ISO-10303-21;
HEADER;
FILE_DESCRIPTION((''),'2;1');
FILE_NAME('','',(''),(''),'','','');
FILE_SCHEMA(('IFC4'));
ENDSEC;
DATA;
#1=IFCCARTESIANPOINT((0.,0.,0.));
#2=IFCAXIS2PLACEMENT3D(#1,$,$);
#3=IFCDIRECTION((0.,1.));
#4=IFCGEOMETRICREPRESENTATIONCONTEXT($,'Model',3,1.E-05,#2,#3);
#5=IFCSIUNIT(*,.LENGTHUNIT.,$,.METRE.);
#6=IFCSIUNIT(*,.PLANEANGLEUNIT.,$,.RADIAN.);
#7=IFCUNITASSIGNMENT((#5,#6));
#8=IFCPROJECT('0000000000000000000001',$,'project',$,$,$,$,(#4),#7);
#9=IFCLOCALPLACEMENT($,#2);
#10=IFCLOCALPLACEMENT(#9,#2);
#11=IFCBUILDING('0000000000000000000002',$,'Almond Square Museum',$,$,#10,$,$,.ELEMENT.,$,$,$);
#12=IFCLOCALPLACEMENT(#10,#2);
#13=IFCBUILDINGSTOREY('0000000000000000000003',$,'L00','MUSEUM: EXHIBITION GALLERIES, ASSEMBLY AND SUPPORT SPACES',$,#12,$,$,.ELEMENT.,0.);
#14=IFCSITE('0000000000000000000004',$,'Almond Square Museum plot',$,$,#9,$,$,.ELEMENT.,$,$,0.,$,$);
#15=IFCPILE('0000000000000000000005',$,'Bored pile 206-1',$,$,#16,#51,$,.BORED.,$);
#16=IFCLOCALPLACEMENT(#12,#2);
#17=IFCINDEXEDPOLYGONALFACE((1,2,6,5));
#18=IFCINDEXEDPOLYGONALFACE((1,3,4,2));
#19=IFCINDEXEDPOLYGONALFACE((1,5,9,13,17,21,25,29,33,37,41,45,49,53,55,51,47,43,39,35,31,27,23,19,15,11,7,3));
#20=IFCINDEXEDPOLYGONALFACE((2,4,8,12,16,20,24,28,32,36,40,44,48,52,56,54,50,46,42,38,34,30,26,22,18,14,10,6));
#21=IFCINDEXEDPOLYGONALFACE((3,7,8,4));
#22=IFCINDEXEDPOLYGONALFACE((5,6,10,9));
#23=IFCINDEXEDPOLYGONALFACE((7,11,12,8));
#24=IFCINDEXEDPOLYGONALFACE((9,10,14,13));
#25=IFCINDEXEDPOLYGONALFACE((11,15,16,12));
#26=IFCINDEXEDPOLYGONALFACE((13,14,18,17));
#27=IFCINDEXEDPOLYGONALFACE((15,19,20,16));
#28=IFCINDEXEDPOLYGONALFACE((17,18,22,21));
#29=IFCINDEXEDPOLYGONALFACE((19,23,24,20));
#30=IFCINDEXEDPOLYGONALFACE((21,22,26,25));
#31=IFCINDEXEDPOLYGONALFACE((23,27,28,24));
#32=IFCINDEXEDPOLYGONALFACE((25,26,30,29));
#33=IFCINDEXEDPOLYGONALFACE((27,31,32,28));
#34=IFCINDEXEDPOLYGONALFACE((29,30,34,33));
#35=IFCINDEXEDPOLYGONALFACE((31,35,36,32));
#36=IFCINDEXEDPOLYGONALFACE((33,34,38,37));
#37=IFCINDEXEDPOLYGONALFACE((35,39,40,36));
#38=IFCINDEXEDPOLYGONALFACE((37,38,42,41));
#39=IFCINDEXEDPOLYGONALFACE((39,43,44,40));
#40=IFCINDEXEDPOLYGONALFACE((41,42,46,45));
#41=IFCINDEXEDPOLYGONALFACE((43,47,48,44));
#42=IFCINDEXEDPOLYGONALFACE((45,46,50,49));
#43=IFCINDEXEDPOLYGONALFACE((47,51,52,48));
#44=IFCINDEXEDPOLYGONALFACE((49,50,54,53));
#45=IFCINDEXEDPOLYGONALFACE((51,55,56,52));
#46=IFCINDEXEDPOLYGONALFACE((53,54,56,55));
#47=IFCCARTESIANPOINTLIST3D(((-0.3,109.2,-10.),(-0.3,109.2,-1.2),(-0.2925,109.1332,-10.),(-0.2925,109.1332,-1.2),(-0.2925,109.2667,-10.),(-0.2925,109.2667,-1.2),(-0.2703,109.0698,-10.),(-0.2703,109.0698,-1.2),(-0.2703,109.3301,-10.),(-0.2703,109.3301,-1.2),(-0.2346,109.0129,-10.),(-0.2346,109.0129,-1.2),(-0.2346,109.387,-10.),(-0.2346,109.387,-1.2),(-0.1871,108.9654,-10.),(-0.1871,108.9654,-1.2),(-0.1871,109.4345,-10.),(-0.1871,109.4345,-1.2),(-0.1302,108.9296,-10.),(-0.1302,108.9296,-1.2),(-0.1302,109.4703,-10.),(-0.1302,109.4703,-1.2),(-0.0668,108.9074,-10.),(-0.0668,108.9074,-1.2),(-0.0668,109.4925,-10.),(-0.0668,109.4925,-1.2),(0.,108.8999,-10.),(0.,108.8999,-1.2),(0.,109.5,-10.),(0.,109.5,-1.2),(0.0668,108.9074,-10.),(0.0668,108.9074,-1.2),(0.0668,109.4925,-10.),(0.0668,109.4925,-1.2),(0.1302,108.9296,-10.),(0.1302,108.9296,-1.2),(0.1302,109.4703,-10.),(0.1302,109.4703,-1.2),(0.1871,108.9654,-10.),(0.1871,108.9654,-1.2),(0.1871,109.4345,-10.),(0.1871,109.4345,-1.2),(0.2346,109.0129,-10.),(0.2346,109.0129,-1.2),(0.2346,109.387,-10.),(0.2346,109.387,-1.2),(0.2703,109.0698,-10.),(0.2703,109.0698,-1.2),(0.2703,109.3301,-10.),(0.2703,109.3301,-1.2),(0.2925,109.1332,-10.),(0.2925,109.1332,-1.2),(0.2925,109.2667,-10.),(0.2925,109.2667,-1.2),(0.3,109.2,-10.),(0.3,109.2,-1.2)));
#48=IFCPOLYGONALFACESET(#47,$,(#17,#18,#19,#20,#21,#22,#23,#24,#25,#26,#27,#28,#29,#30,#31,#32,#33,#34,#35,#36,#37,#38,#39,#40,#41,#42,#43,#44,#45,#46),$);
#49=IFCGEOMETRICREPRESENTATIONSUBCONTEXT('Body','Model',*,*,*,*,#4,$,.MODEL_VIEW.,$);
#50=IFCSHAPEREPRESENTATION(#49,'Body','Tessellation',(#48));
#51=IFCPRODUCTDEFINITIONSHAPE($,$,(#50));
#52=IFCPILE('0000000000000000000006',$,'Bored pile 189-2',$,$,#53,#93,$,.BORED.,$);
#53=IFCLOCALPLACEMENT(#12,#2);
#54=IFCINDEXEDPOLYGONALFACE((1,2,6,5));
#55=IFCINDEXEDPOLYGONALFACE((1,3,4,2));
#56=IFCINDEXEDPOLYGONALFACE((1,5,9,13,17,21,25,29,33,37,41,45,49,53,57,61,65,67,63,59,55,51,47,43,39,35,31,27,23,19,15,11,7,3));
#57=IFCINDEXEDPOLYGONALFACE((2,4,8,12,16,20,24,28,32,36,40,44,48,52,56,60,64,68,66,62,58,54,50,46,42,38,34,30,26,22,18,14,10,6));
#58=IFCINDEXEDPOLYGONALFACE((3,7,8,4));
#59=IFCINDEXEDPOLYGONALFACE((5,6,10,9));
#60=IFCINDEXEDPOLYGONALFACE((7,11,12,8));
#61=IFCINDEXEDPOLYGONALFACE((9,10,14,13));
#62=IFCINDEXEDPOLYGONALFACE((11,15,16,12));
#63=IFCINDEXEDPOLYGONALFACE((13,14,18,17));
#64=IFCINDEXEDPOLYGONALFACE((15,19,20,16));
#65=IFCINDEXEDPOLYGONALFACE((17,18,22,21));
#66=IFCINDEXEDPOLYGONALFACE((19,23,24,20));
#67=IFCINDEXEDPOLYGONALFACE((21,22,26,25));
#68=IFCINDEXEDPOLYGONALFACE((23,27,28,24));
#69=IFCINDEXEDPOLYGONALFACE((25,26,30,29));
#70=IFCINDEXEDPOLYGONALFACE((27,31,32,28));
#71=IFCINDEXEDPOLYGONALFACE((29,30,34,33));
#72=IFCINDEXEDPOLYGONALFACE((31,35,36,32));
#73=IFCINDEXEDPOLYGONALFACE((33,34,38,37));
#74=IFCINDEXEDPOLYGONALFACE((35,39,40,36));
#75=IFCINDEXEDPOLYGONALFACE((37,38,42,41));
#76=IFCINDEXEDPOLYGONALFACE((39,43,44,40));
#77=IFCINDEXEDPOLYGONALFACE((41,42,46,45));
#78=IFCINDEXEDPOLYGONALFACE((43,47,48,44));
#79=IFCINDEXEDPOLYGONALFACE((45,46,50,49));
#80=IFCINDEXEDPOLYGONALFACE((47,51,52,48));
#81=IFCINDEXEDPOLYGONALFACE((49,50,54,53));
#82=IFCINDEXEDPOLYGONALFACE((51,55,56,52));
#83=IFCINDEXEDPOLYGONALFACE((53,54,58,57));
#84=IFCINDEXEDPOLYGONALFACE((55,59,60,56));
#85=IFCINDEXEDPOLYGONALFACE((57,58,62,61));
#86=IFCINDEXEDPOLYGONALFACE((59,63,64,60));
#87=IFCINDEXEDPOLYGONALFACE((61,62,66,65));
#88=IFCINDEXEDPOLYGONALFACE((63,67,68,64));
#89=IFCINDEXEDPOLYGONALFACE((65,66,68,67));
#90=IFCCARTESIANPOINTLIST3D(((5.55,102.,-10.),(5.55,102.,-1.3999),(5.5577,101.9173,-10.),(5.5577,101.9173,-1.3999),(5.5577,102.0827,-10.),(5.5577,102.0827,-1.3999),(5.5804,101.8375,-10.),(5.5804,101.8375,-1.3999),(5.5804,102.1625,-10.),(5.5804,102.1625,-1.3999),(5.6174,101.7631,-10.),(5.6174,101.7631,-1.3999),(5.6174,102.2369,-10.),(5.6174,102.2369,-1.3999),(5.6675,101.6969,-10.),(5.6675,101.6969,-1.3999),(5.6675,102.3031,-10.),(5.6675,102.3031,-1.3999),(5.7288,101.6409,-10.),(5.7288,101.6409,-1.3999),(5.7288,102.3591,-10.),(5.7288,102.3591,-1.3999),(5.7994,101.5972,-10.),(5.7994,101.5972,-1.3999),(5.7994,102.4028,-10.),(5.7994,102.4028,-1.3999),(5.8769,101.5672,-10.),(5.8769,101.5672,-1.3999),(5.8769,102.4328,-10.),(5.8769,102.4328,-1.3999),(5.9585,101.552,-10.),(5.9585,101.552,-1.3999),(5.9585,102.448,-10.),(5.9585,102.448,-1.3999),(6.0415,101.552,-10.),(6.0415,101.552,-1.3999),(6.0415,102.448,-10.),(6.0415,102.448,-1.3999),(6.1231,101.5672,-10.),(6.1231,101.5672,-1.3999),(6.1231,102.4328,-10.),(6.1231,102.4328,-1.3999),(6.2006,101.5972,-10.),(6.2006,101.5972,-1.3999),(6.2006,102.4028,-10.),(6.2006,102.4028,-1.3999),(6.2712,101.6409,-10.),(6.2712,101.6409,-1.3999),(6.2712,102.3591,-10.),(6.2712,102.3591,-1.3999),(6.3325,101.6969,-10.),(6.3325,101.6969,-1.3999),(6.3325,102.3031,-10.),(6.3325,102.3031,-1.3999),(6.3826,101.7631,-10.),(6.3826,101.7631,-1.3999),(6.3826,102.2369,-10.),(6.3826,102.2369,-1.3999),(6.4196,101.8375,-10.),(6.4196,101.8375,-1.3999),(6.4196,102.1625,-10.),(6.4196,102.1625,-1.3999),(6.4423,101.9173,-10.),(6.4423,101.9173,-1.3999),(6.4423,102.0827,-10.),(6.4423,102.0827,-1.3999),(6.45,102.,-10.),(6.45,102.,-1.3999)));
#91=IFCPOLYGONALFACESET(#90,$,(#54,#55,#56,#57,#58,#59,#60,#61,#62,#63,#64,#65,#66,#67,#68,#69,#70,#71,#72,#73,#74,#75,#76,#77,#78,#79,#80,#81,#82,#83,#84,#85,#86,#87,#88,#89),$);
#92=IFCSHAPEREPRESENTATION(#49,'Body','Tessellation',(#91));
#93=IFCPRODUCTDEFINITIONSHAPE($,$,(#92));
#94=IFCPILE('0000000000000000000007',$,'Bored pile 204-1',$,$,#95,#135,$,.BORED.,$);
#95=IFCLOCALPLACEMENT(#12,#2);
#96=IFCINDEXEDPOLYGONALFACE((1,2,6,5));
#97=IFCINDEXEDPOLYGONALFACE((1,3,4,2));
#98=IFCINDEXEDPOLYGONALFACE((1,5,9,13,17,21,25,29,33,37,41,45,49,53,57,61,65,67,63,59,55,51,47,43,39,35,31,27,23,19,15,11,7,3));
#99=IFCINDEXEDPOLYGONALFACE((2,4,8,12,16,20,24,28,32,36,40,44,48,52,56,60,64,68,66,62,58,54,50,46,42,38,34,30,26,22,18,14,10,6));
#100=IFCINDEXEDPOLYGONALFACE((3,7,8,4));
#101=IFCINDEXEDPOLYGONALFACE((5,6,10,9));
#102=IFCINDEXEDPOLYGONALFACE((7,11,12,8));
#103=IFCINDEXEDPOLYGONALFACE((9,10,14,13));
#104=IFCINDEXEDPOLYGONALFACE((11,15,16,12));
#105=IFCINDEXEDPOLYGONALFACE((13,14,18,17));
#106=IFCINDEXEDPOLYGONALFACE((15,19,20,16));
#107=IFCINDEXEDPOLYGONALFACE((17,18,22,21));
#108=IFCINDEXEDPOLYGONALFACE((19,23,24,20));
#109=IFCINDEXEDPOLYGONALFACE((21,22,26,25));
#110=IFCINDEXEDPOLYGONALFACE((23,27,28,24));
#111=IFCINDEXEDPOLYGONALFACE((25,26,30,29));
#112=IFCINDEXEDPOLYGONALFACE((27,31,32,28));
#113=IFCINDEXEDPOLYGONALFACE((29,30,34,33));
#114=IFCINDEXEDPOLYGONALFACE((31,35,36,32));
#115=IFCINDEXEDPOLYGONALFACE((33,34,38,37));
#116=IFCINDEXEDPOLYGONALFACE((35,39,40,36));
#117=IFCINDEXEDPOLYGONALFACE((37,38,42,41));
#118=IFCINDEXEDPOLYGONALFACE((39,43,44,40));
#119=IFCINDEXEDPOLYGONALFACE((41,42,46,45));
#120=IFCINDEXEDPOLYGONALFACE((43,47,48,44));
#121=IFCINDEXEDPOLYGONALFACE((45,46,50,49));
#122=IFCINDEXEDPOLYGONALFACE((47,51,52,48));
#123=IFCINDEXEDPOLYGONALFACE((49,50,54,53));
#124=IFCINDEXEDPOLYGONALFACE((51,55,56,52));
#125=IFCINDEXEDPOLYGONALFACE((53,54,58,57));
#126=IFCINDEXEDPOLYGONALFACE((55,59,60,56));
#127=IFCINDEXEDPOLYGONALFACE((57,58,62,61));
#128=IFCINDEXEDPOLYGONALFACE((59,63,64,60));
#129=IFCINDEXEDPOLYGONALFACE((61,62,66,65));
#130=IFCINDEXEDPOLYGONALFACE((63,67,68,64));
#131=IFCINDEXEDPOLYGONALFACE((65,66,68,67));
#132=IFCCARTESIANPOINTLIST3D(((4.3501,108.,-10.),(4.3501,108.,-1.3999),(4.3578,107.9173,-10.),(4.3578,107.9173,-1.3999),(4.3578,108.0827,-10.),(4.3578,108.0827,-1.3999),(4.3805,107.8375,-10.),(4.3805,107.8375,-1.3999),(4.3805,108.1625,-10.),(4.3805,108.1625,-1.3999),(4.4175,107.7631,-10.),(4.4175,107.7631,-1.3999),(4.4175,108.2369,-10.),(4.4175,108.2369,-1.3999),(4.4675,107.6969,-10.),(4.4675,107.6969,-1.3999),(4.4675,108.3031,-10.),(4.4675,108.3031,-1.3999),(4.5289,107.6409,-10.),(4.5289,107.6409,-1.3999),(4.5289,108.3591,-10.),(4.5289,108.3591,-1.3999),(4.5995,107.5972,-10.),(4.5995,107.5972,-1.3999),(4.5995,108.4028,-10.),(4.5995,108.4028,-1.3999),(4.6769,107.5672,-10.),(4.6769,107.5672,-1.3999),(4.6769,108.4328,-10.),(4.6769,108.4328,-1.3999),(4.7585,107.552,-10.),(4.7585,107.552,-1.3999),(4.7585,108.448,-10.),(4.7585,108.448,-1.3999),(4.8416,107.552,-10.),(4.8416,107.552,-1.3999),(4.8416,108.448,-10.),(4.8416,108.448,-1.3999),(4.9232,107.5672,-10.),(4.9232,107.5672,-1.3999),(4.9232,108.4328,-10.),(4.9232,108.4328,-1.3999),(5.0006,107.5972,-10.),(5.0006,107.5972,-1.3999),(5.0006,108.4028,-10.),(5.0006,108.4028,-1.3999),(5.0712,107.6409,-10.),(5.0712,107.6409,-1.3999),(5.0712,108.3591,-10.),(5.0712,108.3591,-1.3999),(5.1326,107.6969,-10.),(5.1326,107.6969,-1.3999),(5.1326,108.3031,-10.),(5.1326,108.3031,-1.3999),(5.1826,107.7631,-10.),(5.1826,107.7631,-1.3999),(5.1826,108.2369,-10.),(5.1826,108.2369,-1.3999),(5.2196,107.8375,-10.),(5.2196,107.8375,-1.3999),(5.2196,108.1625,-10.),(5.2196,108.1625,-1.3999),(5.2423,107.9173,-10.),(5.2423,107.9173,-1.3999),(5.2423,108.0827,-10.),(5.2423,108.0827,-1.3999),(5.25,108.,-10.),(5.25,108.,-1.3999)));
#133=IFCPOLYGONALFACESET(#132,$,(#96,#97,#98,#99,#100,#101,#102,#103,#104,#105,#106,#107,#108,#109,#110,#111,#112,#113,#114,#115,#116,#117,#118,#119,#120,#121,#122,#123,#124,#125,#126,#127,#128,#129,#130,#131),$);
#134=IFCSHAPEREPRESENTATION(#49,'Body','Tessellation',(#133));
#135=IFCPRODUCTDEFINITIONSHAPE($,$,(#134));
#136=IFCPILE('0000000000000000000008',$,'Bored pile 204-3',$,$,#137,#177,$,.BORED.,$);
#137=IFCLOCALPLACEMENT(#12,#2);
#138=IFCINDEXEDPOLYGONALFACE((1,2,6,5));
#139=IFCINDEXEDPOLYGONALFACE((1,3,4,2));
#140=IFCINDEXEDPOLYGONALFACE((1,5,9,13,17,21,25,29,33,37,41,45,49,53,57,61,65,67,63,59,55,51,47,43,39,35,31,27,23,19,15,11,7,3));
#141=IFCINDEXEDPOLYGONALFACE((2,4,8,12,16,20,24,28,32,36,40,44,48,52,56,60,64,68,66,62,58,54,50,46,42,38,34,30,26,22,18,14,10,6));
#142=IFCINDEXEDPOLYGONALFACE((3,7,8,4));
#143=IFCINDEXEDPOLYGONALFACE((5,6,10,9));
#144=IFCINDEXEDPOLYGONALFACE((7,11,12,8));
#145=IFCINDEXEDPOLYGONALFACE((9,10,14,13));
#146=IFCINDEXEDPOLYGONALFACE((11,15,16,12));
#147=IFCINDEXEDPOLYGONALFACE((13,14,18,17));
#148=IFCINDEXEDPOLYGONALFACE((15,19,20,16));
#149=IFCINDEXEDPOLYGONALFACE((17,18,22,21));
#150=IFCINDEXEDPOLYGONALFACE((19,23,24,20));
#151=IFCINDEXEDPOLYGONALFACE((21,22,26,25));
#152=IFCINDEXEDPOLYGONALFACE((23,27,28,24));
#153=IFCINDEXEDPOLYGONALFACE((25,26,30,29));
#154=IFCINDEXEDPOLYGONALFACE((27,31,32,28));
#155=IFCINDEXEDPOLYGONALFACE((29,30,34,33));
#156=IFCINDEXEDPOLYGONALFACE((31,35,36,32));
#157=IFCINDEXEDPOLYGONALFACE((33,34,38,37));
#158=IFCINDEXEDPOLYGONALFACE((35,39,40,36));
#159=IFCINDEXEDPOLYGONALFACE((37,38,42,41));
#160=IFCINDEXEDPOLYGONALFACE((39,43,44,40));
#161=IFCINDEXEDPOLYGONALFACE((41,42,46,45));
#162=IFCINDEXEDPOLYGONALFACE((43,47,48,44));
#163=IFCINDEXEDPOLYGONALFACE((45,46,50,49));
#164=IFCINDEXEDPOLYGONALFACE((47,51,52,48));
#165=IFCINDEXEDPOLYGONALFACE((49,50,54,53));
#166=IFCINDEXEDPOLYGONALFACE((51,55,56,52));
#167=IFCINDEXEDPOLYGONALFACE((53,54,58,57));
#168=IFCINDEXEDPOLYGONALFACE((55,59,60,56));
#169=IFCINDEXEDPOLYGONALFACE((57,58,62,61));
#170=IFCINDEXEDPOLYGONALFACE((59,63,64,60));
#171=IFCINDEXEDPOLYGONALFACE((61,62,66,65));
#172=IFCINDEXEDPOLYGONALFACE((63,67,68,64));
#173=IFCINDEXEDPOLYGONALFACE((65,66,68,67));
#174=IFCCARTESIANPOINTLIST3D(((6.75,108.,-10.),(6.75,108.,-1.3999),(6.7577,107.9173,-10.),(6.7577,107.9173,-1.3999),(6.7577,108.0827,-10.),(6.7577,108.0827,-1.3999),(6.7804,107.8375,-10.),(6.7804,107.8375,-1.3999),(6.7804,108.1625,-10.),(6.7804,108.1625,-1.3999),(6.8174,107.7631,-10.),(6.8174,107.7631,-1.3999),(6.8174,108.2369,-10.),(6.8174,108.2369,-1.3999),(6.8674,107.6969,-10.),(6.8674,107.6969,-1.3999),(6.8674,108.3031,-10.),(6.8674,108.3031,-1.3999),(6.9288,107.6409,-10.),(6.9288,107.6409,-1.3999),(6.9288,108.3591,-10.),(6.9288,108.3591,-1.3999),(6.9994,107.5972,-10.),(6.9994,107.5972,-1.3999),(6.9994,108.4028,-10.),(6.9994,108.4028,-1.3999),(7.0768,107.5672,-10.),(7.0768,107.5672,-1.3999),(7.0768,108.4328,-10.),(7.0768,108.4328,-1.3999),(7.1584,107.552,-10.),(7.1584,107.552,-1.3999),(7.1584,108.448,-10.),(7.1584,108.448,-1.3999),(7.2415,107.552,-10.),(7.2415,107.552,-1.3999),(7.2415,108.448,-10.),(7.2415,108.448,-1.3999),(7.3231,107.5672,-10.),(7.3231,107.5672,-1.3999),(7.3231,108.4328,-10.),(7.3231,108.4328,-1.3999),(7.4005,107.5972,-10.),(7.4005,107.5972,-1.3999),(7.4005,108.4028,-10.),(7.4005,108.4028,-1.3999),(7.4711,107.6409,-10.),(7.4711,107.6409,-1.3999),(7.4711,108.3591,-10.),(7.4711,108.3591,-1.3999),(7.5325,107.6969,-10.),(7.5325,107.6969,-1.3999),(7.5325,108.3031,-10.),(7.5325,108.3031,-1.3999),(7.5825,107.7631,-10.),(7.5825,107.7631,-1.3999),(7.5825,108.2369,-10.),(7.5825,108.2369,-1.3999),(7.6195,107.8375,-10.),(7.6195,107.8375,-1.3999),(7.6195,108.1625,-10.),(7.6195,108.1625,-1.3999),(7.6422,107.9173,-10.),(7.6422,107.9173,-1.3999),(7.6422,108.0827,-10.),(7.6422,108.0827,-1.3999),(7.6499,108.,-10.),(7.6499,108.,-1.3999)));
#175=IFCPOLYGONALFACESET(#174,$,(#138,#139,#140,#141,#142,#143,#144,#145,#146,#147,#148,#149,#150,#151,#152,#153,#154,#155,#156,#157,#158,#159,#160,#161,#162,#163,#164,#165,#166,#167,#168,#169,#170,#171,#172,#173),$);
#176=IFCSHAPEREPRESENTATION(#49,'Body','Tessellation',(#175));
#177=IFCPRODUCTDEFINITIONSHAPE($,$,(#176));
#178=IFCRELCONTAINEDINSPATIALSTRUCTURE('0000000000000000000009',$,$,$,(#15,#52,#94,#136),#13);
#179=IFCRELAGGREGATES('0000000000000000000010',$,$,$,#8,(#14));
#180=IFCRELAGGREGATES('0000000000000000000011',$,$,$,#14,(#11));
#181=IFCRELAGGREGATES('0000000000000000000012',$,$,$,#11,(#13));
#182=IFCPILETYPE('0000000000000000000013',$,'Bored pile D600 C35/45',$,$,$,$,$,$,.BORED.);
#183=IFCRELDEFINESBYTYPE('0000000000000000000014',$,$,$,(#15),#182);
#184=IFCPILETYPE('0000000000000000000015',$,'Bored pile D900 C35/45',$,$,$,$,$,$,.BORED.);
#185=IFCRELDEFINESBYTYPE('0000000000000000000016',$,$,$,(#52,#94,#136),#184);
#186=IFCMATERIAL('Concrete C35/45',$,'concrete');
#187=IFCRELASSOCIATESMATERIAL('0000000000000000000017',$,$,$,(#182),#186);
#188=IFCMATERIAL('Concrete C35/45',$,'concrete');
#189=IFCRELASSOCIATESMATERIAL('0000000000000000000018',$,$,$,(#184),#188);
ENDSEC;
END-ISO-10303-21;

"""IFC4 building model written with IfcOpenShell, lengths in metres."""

from ifc_helpers import new_model, si_unit, direction, frame, origin, origin_2d, place, context, subcontext, project, spatial, circle, extrude, material, material_profile, profile_set, type_object, element, save


model = new_model("IFC4")

# Units and contexts
model_context = context("Model", 3, precision=1e-05, world=origin(), true_north=direction((0.0, 1.0)))
body_context = subcontext(model_context, "Body", "Model", "MODEL_VIEW")
ifc_project = project(units=[si_unit("LENGTHUNIT", "METRE"), si_unit("PLANEANGLEUNIT", "RADIAN")], contexts=[model_context])

# Site, building, storey
site_placement = place(None, origin())
site = spatial("IfcSite", under=ifc_project, at=site_placement, Name="Almond Square Museum plot", CompositionType="ELEMENT", RefElevation=0.0)
building_placement = place(site_placement, origin())
building = spatial("IfcBuilding", under=site, at=building_placement, Name="Almond Square Museum", CompositionType="ELEMENT")
storey_placement = place(building_placement, origin())
storey = spatial("IfcBuildingStorey", under=building, at=storey_placement, Name="L00", Description="MUSEUM: EXHIBITION GALLERIES, ASSEMBLY AND SUPPORT SPACES", CompositionType="ELEMENT", Elevation=0.0)

# Piles
ifc_material_1 = material(Name="Concrete C35/45", Category="concrete")
ifc_material_profile_1 = material_profile(ifc_material_1, circle(Radius=0.3, at=origin_2d()))
ifc_profile_set_1 = profile_set([ifc_material_profile_1], Name="Concrete C35/45")
pile_type_1 = type_object("IfcPileType", Name="Bored pile D600 C35/45", PredefinedType="BORED", material=ifc_profile_set_1)
pile_placement = place(storey_placement, frame((0.0, 109.2, -1.2), z_axis=(0.0, 0.0, -1.0), x_axis=(1.0, 0.0, 0.0)))
element("IfcPile", 1, at=pile_placement, inside=storey, type_object=pile_type_1, Name="Bored pile 206-1", PredefinedType="BORED", context=body_context, shape_type="SweptSolid", body=[
    extrude(circle(Radius=0.3, at=origin_2d()), origin(), (0.0, 0.0, 1.0), 8.8),
])
ifc_material_2 = material(Name="Concrete C35/45", Category="concrete")
ifc_material_profile_2 = material_profile(ifc_material_2, circle(Radius=0.45, at=origin_2d()))
ifc_profile_set_2 = profile_set([ifc_material_profile_2], Name="Concrete C35/45")
pile_type_2 = type_object("IfcPileType", Name="Bored pile D900 C35/45", PredefinedType="BORED", material=ifc_profile_set_2)
for number, where, z_axis, x_axis, name in (
    (2, (6.0, 102.0, -1.3999), (0.0, 0.0, -1.0), (1.0, 0.0, 0.0), "Bored pile 189-2"),
    (3, (4.8, 108.0, -1.3999), (0.0, 0.0, -1.0), (1.0, 0.0, 0.0), "Bored pile 204-1"),
    (4, (7.2, 108.0, -1.3999), (0.0, 0.0, -1.0), (1.0, 0.0, 0.0), "Bored pile 204-3"),
):
    element("IfcPile", number, at=place(storey_placement, frame(where, z_axis=z_axis, x_axis=x_axis)), inside=storey, type_object=pile_type_2, Name=name, PredefinedType="BORED", context=body_context, shape_type="SweptSolid", body=[
        extrude(circle(Radius=0.45, at=origin_2d()), origin(), (0.0, 0.0, 1.0), 8.6001),
    ])

save(model, "model.ifc")
